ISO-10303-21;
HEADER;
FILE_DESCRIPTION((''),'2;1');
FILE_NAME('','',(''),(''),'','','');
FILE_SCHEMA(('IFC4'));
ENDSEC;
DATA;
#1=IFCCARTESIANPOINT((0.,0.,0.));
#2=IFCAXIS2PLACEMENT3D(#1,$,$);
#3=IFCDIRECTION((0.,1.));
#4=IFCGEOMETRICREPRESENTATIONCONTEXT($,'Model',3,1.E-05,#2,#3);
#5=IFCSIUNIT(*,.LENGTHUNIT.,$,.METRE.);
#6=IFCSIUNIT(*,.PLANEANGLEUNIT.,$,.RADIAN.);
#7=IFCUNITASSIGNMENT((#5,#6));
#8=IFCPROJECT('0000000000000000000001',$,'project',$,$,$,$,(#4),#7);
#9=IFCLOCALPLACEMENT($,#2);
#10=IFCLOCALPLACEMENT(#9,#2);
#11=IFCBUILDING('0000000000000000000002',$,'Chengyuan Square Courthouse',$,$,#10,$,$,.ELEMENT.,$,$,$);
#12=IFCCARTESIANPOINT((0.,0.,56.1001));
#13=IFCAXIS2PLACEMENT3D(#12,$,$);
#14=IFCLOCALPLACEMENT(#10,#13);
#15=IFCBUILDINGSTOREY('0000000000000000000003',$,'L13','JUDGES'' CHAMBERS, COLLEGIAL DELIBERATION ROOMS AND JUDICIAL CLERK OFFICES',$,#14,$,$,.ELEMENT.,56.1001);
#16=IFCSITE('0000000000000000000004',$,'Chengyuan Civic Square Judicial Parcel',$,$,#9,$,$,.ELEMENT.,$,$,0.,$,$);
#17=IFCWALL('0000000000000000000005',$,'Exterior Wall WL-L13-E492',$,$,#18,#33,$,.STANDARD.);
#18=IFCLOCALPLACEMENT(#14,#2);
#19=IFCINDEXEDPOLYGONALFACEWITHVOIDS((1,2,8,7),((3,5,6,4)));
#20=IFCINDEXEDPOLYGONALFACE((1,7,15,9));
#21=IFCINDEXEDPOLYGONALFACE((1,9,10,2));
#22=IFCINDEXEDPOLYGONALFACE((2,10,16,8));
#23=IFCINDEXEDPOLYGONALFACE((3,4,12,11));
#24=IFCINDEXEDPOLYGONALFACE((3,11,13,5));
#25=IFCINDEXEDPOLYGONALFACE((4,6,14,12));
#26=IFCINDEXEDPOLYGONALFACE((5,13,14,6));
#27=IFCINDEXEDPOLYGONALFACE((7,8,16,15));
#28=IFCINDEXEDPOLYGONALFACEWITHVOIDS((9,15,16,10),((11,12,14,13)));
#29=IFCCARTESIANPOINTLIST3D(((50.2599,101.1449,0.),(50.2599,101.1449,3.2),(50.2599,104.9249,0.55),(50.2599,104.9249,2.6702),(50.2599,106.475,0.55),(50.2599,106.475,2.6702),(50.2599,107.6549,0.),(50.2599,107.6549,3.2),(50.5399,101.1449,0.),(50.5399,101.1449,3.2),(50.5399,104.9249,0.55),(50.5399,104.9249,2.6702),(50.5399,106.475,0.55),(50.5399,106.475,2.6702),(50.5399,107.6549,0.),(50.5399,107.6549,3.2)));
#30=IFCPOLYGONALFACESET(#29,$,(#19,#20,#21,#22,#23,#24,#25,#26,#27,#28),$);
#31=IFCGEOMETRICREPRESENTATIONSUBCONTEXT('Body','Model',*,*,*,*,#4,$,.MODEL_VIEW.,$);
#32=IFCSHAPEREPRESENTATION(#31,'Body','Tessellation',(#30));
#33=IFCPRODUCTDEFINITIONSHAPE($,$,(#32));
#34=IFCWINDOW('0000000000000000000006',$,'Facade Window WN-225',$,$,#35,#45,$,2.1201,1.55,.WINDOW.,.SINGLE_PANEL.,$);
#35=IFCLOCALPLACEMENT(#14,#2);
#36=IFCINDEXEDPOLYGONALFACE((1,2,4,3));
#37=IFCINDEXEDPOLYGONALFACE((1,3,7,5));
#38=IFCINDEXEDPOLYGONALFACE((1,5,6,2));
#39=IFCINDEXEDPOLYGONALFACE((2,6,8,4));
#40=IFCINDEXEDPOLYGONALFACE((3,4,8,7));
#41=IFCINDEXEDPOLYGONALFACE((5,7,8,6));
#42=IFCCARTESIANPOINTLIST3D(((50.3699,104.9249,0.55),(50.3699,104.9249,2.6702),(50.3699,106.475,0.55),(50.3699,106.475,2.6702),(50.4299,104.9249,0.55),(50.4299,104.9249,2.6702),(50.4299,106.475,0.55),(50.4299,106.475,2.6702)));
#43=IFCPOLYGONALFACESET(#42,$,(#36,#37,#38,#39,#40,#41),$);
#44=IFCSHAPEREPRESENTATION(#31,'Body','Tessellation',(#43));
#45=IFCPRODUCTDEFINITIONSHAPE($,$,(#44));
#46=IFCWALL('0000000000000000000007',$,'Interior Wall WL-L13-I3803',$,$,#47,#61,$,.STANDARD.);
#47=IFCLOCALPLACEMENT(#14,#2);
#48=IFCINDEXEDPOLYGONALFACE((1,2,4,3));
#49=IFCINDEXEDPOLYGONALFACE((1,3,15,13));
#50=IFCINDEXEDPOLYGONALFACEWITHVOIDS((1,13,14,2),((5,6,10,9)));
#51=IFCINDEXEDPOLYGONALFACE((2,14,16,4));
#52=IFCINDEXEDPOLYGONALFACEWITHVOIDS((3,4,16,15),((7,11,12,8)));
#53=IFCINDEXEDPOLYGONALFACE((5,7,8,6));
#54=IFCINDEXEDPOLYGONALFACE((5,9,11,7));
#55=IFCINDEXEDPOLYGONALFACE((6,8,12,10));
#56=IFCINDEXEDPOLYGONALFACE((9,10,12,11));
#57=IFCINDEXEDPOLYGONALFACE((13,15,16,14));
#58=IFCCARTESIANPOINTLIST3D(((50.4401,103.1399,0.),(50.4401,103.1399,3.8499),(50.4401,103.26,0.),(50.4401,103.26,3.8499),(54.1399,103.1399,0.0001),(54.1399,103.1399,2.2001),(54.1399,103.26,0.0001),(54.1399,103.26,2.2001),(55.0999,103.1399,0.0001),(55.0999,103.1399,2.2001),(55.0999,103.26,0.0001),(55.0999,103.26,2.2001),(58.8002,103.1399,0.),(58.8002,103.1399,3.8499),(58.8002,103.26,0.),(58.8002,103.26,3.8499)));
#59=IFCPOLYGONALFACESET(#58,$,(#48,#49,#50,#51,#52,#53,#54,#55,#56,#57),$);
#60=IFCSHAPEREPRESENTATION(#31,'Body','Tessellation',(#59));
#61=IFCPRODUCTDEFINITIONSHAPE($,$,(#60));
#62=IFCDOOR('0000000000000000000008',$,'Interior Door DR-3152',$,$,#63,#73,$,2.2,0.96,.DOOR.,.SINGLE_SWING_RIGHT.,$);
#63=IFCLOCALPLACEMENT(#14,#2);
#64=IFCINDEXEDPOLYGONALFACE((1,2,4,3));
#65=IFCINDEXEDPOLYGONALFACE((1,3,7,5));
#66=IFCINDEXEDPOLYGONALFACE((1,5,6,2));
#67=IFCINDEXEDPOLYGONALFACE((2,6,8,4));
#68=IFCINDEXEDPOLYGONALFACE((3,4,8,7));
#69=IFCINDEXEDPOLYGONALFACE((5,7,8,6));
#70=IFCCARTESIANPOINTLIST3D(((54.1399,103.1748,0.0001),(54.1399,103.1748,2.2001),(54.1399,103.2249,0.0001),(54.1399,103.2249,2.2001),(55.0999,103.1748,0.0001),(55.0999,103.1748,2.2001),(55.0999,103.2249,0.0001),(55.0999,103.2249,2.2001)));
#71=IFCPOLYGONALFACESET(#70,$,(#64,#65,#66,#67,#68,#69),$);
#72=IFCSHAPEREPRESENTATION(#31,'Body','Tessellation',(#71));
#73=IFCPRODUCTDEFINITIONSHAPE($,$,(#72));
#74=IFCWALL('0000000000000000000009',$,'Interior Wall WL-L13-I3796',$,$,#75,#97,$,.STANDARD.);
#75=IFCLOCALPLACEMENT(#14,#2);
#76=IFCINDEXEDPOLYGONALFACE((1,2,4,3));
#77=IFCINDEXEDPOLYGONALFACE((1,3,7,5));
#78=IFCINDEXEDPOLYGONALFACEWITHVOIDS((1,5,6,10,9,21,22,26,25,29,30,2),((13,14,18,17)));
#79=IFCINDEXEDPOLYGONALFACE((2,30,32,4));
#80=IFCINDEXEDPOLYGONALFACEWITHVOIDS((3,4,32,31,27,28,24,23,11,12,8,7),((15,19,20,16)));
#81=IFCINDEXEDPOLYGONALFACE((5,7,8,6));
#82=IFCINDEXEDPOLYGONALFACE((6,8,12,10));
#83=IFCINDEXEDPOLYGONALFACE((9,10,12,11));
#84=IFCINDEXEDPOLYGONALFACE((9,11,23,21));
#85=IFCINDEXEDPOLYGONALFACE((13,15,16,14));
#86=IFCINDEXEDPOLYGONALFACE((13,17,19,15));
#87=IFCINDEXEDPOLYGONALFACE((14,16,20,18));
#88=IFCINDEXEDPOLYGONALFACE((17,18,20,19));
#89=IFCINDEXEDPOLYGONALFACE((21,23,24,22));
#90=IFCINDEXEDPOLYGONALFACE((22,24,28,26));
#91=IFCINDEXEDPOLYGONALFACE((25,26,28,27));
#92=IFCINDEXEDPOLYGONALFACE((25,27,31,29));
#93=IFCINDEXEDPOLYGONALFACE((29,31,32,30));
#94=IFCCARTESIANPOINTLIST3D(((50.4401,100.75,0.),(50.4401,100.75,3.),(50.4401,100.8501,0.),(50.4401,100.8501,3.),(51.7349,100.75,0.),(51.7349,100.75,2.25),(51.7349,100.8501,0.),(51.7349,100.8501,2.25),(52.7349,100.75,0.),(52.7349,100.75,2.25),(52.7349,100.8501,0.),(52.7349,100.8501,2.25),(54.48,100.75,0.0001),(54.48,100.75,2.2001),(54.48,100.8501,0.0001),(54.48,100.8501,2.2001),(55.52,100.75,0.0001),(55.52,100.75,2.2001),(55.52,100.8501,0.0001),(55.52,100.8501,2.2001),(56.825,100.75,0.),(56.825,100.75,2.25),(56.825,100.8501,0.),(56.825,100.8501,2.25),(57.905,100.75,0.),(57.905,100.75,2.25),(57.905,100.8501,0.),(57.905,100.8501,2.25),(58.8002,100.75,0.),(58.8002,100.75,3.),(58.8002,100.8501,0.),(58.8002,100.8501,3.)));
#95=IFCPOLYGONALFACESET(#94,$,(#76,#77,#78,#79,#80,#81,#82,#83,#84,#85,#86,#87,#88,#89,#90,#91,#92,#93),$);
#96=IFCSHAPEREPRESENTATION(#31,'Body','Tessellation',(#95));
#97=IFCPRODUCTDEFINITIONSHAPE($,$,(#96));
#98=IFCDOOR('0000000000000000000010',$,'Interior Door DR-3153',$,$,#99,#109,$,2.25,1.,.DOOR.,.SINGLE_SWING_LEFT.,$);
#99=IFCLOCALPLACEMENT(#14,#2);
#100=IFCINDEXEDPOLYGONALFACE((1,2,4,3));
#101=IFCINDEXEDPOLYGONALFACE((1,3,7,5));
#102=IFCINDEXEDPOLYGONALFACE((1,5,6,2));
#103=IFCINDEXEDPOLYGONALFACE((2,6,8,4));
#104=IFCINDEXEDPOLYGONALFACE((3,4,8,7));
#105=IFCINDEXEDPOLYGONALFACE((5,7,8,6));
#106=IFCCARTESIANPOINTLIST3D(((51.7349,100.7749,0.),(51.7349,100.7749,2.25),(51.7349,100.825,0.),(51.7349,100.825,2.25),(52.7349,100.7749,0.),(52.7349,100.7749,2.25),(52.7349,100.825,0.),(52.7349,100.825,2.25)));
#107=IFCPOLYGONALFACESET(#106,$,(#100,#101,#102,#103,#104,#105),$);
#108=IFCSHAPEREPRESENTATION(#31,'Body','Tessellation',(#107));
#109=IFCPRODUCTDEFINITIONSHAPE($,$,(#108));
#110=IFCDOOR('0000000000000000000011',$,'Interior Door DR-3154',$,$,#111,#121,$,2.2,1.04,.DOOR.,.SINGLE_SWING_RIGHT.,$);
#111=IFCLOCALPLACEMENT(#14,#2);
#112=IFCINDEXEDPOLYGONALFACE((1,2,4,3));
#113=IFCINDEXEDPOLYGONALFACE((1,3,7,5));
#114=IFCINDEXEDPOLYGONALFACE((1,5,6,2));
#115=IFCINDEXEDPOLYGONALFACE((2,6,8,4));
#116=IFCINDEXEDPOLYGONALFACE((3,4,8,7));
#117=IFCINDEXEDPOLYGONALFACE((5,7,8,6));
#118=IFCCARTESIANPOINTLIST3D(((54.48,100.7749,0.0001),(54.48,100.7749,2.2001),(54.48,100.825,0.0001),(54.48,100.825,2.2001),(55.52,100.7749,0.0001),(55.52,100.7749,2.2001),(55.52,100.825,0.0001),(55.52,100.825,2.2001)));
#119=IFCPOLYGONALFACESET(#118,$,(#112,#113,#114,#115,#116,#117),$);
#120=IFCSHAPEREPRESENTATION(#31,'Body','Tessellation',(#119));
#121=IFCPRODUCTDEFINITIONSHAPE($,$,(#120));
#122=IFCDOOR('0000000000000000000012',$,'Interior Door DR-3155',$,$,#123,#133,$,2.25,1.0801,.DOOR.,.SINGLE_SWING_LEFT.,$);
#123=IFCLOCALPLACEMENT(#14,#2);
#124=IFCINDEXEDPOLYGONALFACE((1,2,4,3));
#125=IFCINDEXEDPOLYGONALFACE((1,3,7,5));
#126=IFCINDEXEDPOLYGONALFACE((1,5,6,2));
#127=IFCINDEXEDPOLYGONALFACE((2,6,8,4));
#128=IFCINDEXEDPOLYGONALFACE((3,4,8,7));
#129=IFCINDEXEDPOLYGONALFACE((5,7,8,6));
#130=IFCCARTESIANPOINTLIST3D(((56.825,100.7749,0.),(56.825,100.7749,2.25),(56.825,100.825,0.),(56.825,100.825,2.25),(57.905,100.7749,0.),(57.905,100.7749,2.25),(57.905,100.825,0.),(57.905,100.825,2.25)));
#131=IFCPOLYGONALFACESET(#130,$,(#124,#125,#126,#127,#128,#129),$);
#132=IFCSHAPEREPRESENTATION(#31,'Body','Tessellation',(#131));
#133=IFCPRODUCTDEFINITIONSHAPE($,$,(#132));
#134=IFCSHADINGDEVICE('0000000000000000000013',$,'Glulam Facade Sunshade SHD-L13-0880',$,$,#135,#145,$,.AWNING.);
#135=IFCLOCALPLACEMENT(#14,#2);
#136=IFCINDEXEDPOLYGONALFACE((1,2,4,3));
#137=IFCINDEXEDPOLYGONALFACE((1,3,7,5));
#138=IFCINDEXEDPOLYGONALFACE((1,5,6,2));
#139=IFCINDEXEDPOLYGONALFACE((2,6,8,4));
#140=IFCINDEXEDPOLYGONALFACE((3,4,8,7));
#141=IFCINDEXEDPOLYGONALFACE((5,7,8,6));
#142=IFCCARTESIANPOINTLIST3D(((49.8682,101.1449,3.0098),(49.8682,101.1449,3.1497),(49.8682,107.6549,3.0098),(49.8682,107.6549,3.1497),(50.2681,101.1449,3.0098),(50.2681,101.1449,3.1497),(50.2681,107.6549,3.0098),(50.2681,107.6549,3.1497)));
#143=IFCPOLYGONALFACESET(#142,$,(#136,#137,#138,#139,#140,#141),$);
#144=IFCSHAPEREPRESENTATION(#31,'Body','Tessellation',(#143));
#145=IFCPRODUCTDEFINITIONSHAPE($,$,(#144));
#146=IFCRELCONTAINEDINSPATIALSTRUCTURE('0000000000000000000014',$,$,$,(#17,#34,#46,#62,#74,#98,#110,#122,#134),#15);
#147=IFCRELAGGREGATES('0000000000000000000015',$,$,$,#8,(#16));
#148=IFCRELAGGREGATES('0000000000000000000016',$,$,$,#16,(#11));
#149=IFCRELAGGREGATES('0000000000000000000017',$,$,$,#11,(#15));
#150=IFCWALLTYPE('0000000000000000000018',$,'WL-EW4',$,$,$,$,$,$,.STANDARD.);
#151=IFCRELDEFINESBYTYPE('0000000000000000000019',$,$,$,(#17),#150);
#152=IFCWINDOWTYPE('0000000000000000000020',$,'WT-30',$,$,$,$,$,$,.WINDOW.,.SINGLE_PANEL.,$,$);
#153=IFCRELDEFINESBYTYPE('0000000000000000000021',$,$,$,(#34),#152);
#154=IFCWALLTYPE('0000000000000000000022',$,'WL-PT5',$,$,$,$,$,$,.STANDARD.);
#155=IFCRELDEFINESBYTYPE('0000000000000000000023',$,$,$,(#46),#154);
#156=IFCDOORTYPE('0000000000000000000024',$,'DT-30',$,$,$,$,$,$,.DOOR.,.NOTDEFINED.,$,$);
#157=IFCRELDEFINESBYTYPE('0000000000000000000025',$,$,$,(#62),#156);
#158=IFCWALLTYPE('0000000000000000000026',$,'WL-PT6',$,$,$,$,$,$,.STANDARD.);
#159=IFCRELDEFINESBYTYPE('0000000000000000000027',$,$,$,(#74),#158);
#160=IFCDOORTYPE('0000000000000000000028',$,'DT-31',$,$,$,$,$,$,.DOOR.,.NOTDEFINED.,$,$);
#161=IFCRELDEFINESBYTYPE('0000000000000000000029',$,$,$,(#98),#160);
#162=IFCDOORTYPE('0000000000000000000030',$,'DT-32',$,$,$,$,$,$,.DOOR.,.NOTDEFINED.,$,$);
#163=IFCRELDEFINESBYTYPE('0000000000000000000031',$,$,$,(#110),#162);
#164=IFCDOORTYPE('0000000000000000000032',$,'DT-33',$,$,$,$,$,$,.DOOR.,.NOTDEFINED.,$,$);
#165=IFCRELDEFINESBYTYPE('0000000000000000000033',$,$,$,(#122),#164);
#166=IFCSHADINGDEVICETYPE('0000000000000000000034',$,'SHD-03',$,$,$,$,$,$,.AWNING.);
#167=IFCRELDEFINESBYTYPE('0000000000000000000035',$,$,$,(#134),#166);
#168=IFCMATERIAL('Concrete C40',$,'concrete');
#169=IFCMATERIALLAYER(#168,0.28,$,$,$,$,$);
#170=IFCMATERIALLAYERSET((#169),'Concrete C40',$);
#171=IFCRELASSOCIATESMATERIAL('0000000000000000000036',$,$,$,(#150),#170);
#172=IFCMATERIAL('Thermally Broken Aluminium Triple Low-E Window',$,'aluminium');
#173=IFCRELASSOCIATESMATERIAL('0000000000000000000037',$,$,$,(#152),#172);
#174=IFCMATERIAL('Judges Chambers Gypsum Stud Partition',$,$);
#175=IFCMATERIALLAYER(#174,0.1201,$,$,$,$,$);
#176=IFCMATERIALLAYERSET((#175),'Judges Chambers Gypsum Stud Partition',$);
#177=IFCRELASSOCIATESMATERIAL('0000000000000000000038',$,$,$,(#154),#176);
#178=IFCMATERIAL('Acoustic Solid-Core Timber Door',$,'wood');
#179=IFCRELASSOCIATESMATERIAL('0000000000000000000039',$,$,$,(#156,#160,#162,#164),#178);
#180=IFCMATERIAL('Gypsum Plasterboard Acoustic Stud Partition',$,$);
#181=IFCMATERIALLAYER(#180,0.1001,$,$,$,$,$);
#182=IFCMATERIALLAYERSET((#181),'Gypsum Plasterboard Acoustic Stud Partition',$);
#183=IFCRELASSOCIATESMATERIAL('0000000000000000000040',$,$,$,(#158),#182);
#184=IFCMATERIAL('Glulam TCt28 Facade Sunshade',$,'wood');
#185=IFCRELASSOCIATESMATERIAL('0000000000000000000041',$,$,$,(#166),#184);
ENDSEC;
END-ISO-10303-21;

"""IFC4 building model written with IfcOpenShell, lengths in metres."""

from ifc_helpers import new_model, si_unit, direction, frame, frame_2d, origin, origin_2d, place, context, subcontext, project, spatial, rectangle, extrude, material, layer, layer_set, type_object, element, fill, save


model = new_model("IFC4")

# Units and contexts
model_context = context("Model", 3, precision=1e-05, world=origin(), true_north=direction((0.0, 1.0)))
body_context = subcontext(model_context, "Body", "Model", "MODEL_VIEW")
ifc_project = project(units=[si_unit("LENGTHUNIT", "METRE"), si_unit("PLANEANGLEUNIT", "RADIAN")], contexts=[model_context])

# Site, building, storey
site_placement = place(None, origin())
site = spatial("IfcSite", under=ifc_project, at=site_placement, Name="Chengyuan Civic Square Judicial Parcel", CompositionType="ELEMENT", RefElevation=0.0)
building_placement = place(site_placement, origin())
building = spatial("IfcBuilding", under=site, at=building_placement, Name="Chengyuan Square Courthouse", CompositionType="ELEMENT")
storey_placement = place(building_placement, frame((0.0, 0.0, 56.1001)))
storey = spatial("IfcBuildingStorey", under=building, at=storey_placement, Name="L13", Description="JUDGES' CHAMBERS, COLLEGIAL DELIBERATION ROOMS AND JUDICIAL CLERK OFFICES", CompositionType="ELEMENT", Elevation=56.1001)

# Shared definitions
ifc_material_1 = material(Name="Concrete C40", Category="concrete")

# Wall, opening, window
ifc_layer_1 = layer(ifc_material_1, 0.28)
ifc_layer_set_1 = layer_set([ifc_layer_1], Name="Concrete C40")
wall_type_1 = type_object("IfcWallType", Name="WL-EW4", PredefinedType="STANDARD", material=ifc_layer_set_1)
ifc_material_2 = material(Name="Thermally Broken Aluminium Triple Low-E Window", Category="aluminium")
wall_1_placement = place(storey_placement, frame((50.3999, 101.145, 0.0), z_axis=(0.0, 0.0, 1.0), x_axis=(0.0, 1.0, 0.0)))
wall_1 = element("IfcWall", 1, at=wall_1_placement, inside=storey, type_object=wall_type_1, Name="Exterior Wall WL-L13-E492", PredefinedType="STANDARD", context=body_context, shape_type="SweptSolid", body=[
    extrude(rectangle(XDim=6.51, YDim=0.28, at=frame_2d((3.2549, 0.0))), origin(), (0.0, 0.0, 1.0), 3.2),
])
opening_1_placement = place(wall_1_placement, frame((3.78, 0.0, 0.55)))
opening_1 = element("IfcOpeningElement", 2, at=opening_1_placement, cuts=wall_1, PredefinedType="OPENING", context=body_context, shape_type="SweptSolid", body=[
    extrude(rectangle(XDim=1.55, YDim=2.1201, at=frame_2d((0.7749, 1.0601))), frame((0.0, 0.1521, 0.0), z_axis=(0.0, -1.0, 0.0), x_axis=(1.0, 0.0, 0.0)), (0.0, 0.0, 1.0), 0.304),
])
window_type_1 = type_object("IfcWindowType", Name="WT-30", PartitioningType="SINGLE_PANEL", PredefinedType="WINDOW", material=ifc_material_2)
window_1_placement = place(opening_1_placement, origin())
window_1 = element("IfcWindow", 3, at=window_1_placement, inside=storey, type_object=window_type_1, Name="Facade Window WN-225", OverallHeight=2.1201, OverallWidth=1.55, PartitioningType="SINGLE_PANEL", PredefinedType="WINDOW", context=body_context, shape_type="SweptSolid", body=[
    extrude(rectangle(XDim=1.55, YDim=2.1201, at=frame_2d((0.7749, 1.0601))), frame((0.0, 0.03, 0.0), z_axis=(0.0, -1.0, 0.0), x_axis=(1.0, 0.0, 0.0)), (0.0, 0.0, 1.0), 0.0601),
])
fill(opening_1, window_1)

# Wall, opening, door
ifc_material_3 = material(Name="Judges Chambers Gypsum Stud Partition")
ifc_layer_2 = layer(ifc_material_3, 0.1201)
ifc_layer_set_2 = layer_set([ifc_layer_2], Name="Judges Chambers Gypsum Stud Partition")
wall_type_2 = type_object("IfcWallType", Name="WL-PT5", PredefinedType="STANDARD", material=ifc_layer_set_2)
wall_2_placement = place(storey_placement, frame((50.4399, 103.2, 0.0), z_axis=(0.0, 0.0, 1.0), x_axis=(1.0, 0.0, 0.0)))
wall_2 = element("IfcWall", 4, at=wall_2_placement, inside=storey, type_object=wall_type_2, Name="Interior Wall WL-L13-I3803", PredefinedType="STANDARD", context=body_context, shape_type="SweptSolid", body=[
    extrude(rectangle(XDim=8.3601, YDim=0.1201, at=frame_2d((4.1802, 0.0))), origin(), (0.0, 0.0, 1.0), 3.8499),
])
opening_2_placement = place(wall_2_placement, frame((3.7, 0.0, 0.0)))
opening_2 = element("IfcOpeningElement", 5, at=opening_2_placement, cuts=wall_2, PredefinedType="OPENING", context=body_context, shape_type="SweptSolid", body=[
    extrude(rectangle(XDim=0.96, YDim=2.2, at=frame_2d((0.48, 1.1001))), frame((0.0, 0.072, 0.0), z_axis=(0.0, -1.0, 0.0), x_axis=(1.0, 0.0, 0.0)), (0.0, 0.0, 1.0), 0.144),
])
ifc_material_4 = material(Name="Acoustic Solid-Core Timber Door", Category="wood")
door_type_1 = type_object("IfcDoorType", Name="DT-30", OperationType="NOTDEFINED", PredefinedType="DOOR", material=ifc_material_4)
door_1_placement = place(opening_2_placement, origin())
door_1 = element("IfcDoor", 6, at=door_1_placement, inside=storey, type_object=door_type_1, Name="Interior Door DR-3152", OperationType="SINGLE_SWING_RIGHT", OverallHeight=2.2, OverallWidth=0.96, PredefinedType="DOOR", context=body_context, shape_type="SweptSolid", body=[
    extrude(rectangle(XDim=0.96, YDim=2.2, at=frame_2d((0.48, 1.1001))), frame((0.0, 0.0249, 0.0), z_axis=(0.0, -1.0, 0.0), x_axis=(1.0, 0.0, 0.0)), (0.0, 0.0, 1.0), 0.05),
])
fill(opening_2, door_1)

# Wall, openings, doors
ifc_material_5 = material(Name="Gypsum Plasterboard Acoustic Stud Partition")
ifc_layer_3 = layer(ifc_material_5, 0.1001)
ifc_layer_set_3 = layer_set([ifc_layer_3], Name="Gypsum Plasterboard Acoustic Stud Partition")
wall_type_3 = type_object("IfcWallType", Name="WL-PT6", PredefinedType="STANDARD", material=ifc_layer_set_3)
wall_3_placement = place(storey_placement, frame((50.4399, 100.8, 0.0), z_axis=(0.0, 0.0, 1.0), x_axis=(1.0, 0.0, 0.0)))
wall_3 = element("IfcWall", 7, at=wall_3_placement, inside=storey, type_object=wall_type_3, Name="Interior Wall WL-L13-I3796", PredefinedType="STANDARD", context=body_context, shape_type="SweptSolid", body=[
    extrude(rectangle(XDim=8.3601, YDim=0.1001, at=frame_2d((4.1802, 0.0))), origin(), (0.0, 0.0, 1.0), 3.0),
])
opening_3_placement = place(wall_3_placement, frame((1.2949, 0.0, 0.0)))
opening_3 = element("IfcOpeningElement", 8, at=opening_3_placement, cuts=wall_3, PredefinedType="OPENING", context=body_context, shape_type="SweptSolid", body=[
    extrude(rectangle(XDim=1.0, YDim=2.25, at=frame_2d((0.5, 1.125))), frame((0.0, 0.062, 0.0), z_axis=(0.0, -1.0, 0.0), x_axis=(1.0, 0.0, 0.0)), (0.0, 0.0, 1.0), 0.124),
])
opening_4_placement = place(wall_3_placement, frame((4.04, 0.0, 0.0)))
opening_4 = element("IfcOpeningElement", 9, at=opening_4_placement, cuts=wall_3, PredefinedType="OPENING", context=body_context, shape_type="SweptSolid", body=[
    extrude(rectangle(XDim=1.04, YDim=2.2, at=frame_2d((0.52, 1.1001))), frame((0.0, 0.062, 0.0), z_axis=(0.0, -1.0, 0.0), x_axis=(1.0, 0.0, 0.0)), (0.0, 0.0, 1.0), 0.124),
])
opening_5_placement = place(wall_3_placement, frame((6.385, 0.0, 0.0)))
opening_5 = element("IfcOpeningElement", 10, at=opening_5_placement, cuts=wall_3, PredefinedType="OPENING", context=body_context, shape_type="SweptSolid", body=[
    extrude(rectangle(XDim=1.0801, YDim=2.25, at=frame_2d((0.54, 1.125))), frame((0.0, 0.062, 0.0), z_axis=(0.0, -1.0, 0.0), x_axis=(1.0, 0.0, 0.0)), (0.0, 0.0, 1.0), 0.124),
])
door_type_2 = type_object("IfcDoorType", Name="DT-31", OperationType="NOTDEFINED", PredefinedType="DOOR", material=ifc_material_4)
door_2_placement = place(opening_3_placement, origin())
door_2 = element("IfcDoor", 11, at=door_2_placement, inside=storey, type_object=door_type_2, Name="Interior Door DR-3153", OperationType="SINGLE_SWING_LEFT", OverallHeight=2.25, OverallWidth=1.0, PredefinedType="DOOR", context=body_context, shape_type="SweptSolid", body=[
    extrude(rectangle(XDim=1.0, YDim=2.25, at=frame_2d((0.5, 1.125))), frame((0.0, 0.0249, 0.0), z_axis=(0.0, -1.0, 0.0), x_axis=(1.0, 0.0, 0.0)), (0.0, 0.0, 1.0), 0.05),
])
fill(opening_3, door_2)
door_type_3 = type_object("IfcDoorType", Name="DT-32", OperationType="NOTDEFINED", PredefinedType="DOOR", material=ifc_material_4)
door_3_placement = place(opening_4_placement, origin())
door_3 = element("IfcDoor", 12, at=door_3_placement, inside=storey, type_object=door_type_3, Name="Interior Door DR-3154", OperationType="SINGLE_SWING_RIGHT", OverallHeight=2.2, OverallWidth=1.04, PredefinedType="DOOR", context=body_context, shape_type="SweptSolid", body=[
    extrude(rectangle(XDim=1.04, YDim=2.2, at=frame_2d((0.52, 1.1001))), frame((0.0, 0.0249, 0.0), z_axis=(0.0, -1.0, 0.0), x_axis=(1.0, 0.0, 0.0)), (0.0, 0.0, 1.0), 0.05),
])
fill(opening_4, door_3)
door_type_4 = type_object("IfcDoorType", Name="DT-33", OperationType="NOTDEFINED", PredefinedType="DOOR", material=ifc_material_4)
door_4_placement = place(opening_5_placement, origin())
door_4 = element("IfcDoor", 13, at=door_4_placement, inside=storey, type_object=door_type_4, Name="Interior Door DR-3155", OperationType="SINGLE_SWING_LEFT", OverallHeight=2.25, OverallWidth=1.0801, PredefinedType="DOOR", context=body_context, shape_type="SweptSolid", body=[
    extrude(rectangle(XDim=1.0801, YDim=2.25, at=frame_2d((0.54, 1.125))), frame((0.0, 0.0249, 0.0), z_axis=(0.0, -1.0, 0.0), x_axis=(1.0, 0.0, 0.0)), (0.0, 0.0, 1.0), 0.05),
])
fill(opening_5, door_4)

# Shading device
ifc_material_6 = material(Name="Glulam TCt28 Facade Sunshade", Category="wood")
shading_device_type = type_object("IfcShadingDeviceType", Name="SHD-03", PredefinedType="AWNING", material=ifc_material_6)
shading_device_placement = place(storey_placement, frame((50.0681, 104.3999, 3.0098), z_axis=(0.0, 0.0, 1.0), x_axis=(0.0, 1.0, 0.0)))
element("IfcShadingDevice", 14, at=shading_device_placement, inside=storey, type_object=shading_device_type, Name="Glulam Facade Sunshade SHD-L13-0880", PredefinedType="AWNING", context=body_context, shape_type="SweptSolid", body=[
    extrude(rectangle(XDim=6.51, YDim=0.3999, at=origin_2d()), origin(), (0.0, 0.0, 1.0), 0.1399),
])

save(model, "model.ifc")
